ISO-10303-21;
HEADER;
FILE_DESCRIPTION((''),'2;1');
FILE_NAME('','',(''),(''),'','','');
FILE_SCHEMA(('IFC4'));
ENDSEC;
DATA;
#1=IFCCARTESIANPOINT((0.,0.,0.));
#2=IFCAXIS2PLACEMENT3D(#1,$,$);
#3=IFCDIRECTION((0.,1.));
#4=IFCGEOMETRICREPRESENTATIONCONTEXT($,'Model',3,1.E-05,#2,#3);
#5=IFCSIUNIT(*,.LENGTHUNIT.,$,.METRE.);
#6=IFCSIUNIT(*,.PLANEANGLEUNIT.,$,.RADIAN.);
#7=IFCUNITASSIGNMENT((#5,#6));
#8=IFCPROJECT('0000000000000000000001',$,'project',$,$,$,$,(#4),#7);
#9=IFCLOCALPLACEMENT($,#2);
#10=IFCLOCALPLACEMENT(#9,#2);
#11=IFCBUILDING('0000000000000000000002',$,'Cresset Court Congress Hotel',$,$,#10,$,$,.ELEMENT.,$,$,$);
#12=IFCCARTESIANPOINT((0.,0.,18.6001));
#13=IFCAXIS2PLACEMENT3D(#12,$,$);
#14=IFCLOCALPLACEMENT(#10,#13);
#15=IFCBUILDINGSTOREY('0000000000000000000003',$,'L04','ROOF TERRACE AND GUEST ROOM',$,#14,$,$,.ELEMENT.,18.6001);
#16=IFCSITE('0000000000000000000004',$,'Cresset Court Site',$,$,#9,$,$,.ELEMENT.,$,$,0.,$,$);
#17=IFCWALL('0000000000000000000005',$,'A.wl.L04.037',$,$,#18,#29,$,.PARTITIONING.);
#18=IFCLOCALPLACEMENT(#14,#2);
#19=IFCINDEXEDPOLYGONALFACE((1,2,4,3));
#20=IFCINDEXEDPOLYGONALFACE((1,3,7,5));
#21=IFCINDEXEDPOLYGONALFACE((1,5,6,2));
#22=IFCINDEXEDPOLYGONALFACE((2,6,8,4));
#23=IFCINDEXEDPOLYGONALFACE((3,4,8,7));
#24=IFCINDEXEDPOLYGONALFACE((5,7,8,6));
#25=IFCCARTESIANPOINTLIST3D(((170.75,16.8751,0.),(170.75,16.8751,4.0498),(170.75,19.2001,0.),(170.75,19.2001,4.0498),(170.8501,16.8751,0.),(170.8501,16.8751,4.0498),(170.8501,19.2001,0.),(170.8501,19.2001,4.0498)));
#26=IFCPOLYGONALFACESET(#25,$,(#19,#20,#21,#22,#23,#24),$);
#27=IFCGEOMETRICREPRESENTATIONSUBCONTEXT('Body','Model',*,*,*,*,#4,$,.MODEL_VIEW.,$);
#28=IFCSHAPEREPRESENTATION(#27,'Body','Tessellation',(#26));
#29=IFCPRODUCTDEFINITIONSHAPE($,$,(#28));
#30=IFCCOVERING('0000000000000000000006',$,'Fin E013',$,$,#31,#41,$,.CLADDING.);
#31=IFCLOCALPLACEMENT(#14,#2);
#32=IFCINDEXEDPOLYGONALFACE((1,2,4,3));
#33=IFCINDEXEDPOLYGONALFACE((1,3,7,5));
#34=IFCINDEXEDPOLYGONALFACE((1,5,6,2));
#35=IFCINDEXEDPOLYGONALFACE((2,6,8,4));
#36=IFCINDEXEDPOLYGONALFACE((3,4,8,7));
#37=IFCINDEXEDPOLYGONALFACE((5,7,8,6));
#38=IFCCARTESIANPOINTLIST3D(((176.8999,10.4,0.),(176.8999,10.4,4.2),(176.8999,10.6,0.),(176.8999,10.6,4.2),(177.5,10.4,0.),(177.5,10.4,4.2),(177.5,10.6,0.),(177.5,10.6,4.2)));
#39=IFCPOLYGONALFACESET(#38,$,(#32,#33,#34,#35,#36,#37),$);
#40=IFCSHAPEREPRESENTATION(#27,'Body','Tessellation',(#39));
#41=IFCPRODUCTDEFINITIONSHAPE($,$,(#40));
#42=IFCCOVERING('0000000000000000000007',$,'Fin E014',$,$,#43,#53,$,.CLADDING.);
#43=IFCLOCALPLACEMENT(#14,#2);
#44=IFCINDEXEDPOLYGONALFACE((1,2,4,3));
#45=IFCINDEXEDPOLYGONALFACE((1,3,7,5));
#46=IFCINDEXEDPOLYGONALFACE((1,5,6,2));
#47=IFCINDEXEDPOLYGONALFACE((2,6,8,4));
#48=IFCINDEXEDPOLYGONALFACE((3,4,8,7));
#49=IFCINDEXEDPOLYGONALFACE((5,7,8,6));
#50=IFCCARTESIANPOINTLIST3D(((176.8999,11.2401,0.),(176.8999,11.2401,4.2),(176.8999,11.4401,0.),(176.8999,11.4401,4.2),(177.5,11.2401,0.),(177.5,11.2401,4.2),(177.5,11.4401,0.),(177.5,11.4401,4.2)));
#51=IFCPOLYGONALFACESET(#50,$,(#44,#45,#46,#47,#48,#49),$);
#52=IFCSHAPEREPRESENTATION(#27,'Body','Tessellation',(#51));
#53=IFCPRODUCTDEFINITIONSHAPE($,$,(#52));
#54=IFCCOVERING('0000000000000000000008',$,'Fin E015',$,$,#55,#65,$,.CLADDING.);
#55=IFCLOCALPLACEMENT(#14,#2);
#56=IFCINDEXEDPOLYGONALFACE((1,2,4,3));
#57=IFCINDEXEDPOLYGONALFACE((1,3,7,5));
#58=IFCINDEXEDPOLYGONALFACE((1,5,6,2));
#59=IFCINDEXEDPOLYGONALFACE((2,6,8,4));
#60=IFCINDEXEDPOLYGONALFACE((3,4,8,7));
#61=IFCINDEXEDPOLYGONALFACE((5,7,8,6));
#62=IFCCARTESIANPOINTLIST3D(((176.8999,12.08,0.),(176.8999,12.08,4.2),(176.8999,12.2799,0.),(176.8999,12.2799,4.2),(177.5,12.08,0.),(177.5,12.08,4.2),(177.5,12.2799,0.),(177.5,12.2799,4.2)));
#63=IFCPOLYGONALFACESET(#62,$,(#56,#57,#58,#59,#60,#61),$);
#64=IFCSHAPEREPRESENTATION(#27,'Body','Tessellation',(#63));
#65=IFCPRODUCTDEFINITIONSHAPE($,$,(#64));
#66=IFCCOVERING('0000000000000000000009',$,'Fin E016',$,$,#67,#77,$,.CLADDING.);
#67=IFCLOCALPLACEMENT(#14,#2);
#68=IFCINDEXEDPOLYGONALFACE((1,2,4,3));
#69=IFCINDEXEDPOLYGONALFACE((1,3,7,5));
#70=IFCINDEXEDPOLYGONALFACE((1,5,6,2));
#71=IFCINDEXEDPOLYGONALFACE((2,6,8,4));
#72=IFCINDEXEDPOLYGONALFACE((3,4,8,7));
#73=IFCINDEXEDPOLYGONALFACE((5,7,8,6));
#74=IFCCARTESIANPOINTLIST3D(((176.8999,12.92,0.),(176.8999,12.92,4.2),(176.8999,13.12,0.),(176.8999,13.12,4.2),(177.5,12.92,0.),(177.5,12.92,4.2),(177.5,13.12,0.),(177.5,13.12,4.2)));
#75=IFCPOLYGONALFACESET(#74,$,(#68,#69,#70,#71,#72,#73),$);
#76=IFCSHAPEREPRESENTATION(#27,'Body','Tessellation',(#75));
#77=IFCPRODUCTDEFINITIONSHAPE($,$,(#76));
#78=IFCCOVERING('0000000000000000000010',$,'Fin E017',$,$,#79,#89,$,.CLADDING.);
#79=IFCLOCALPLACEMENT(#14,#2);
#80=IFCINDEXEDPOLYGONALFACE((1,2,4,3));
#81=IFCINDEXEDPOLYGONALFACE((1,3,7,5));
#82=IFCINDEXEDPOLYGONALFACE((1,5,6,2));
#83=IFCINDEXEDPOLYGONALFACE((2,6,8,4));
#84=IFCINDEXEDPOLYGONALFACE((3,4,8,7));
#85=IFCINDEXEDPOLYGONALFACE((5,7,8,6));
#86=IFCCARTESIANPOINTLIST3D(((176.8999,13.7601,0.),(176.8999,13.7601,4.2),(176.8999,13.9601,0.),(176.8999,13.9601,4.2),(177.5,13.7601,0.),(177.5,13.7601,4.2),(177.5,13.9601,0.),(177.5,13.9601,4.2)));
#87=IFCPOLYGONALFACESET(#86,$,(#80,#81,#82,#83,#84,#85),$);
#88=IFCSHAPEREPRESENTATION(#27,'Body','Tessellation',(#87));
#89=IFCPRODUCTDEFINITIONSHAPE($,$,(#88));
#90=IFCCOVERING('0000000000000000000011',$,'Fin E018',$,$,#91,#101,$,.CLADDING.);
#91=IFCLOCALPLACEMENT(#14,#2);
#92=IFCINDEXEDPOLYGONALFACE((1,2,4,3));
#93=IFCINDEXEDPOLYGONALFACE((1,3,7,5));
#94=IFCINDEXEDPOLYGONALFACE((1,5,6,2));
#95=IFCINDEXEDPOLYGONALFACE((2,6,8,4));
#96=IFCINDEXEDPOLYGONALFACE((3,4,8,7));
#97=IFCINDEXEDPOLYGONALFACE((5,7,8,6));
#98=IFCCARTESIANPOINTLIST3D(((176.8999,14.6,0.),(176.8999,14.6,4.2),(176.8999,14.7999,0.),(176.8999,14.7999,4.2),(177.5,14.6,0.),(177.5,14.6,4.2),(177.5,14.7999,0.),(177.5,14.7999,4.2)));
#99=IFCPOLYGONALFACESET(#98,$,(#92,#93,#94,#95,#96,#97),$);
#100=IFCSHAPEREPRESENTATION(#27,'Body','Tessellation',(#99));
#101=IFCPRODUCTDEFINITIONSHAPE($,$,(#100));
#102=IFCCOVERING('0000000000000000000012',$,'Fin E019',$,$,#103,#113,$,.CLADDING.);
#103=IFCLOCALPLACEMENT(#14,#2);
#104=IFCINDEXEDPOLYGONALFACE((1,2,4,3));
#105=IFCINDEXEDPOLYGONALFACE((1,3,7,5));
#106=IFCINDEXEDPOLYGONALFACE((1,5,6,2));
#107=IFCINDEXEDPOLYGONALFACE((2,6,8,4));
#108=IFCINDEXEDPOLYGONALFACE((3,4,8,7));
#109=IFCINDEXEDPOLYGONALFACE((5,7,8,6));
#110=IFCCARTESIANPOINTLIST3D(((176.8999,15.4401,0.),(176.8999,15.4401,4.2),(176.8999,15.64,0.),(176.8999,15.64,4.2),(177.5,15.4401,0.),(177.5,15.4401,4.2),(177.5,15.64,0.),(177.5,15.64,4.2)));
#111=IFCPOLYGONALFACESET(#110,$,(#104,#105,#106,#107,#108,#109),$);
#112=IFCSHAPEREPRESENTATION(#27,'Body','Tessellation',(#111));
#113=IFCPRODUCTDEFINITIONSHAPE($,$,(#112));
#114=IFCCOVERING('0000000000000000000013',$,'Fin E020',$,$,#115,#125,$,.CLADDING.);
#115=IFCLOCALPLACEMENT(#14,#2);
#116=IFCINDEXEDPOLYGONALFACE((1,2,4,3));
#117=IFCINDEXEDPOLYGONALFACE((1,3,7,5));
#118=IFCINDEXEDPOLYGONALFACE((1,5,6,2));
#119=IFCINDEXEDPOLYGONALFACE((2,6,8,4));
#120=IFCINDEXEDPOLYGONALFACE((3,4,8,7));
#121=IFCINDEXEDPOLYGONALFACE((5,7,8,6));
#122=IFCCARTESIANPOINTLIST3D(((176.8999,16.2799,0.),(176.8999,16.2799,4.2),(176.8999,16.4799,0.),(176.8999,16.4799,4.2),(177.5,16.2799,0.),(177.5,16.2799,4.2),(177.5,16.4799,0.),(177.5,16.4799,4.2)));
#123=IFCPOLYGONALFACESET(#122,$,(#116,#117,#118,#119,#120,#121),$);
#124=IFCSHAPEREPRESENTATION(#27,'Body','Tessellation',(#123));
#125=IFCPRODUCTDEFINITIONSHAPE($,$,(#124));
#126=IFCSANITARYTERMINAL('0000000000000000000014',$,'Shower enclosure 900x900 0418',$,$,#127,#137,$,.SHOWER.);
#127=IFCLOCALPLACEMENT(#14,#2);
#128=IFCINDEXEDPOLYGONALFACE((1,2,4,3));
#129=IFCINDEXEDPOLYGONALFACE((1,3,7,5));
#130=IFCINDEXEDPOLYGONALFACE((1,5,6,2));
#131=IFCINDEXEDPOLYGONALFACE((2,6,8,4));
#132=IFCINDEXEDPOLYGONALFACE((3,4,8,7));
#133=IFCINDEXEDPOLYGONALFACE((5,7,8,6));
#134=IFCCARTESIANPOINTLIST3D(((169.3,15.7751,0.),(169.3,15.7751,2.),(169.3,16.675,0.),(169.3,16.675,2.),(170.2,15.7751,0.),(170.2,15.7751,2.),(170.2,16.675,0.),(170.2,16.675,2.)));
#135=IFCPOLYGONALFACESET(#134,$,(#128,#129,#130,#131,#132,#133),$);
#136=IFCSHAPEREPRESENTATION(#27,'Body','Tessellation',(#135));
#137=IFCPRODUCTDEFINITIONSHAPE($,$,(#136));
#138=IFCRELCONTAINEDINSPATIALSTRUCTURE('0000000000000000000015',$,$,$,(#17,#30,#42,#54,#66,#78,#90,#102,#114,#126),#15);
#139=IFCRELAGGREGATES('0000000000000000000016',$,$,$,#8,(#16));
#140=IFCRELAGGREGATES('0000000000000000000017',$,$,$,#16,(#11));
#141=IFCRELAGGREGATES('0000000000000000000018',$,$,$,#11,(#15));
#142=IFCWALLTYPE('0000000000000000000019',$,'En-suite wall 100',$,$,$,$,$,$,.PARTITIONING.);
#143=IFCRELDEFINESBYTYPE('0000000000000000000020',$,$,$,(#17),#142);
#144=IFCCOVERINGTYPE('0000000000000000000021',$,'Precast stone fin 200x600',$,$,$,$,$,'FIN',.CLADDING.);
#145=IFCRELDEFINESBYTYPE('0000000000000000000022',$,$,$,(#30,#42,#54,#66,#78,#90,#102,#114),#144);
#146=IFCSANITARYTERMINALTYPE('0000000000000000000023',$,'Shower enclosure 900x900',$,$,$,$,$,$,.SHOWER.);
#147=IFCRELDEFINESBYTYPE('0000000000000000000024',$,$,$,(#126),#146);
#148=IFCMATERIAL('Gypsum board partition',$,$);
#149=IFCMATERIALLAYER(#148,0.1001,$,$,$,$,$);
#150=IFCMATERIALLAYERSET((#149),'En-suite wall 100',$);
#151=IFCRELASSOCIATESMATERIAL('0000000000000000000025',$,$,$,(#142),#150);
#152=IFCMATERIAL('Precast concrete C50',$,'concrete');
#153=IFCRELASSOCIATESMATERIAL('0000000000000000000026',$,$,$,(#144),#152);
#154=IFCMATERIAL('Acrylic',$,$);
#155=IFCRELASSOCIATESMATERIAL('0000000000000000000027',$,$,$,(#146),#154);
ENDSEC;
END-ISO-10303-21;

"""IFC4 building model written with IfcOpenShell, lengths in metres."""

from ifc_helpers import new_model, si_unit, direction, frame, frame_2d, origin, origin_2d, place, context, subcontext, project, spatial, rectangle, extrude, material, layer, layer_set, type_object, element, save


model = new_model("IFC4")

# Units and contexts
model_context = context("Model", 3, precision=1e-05, world=origin(), true_north=direction((0.0, 1.0)))
body_context = subcontext(model_context, "Body", "Model", "MODEL_VIEW")
ifc_project = project(units=[si_unit("LENGTHUNIT", "METRE"), si_unit("PLANEANGLEUNIT", "RADIAN")], contexts=[model_context])

# Site, building, storey
site_placement = place(None, origin())
site = spatial("IfcSite", under=ifc_project, at=site_placement, Name="Cresset Court Site", CompositionType="ELEMENT", RefElevation=0.0)
building_placement = place(site_placement, origin())
building = spatial("IfcBuilding", under=site, at=building_placement, Name="Cresset Court Congress Hotel", CompositionType="ELEMENT")
storey_placement = place(building_placement, frame((0.0, 0.0, 18.6001)))
storey = spatial("IfcBuildingStorey", under=building, at=storey_placement, Name="L04", Description="ROOF TERRACE AND GUEST ROOM", CompositionType="ELEMENT", Elevation=18.6001)

# Shared definitions
ifc_material_1 = material(Name="Gypsum board partition")
ifc_layer = layer(ifc_material_1, 0.1001)
ifc_layer_set = layer_set([ifc_layer], Name="En-suite wall 100")
wall_type = type_object("IfcWallType", Name="En-suite wall 100", PredefinedType="PARTITIONING", material=ifc_layer_set)

# Wall
wall_1_placement = place(storey_placement, frame((170.8, 16.875, 0.0), z_axis=(0.0, 0.0, 1.0), x_axis=(0.0, 1.0, 0.0)))
element("IfcWall", 1, at=wall_1_placement, inside=storey, type_object=wall_type, Name="A.wl.L04.037", PredefinedType="PARTITIONING", context=body_context, shape_type="SweptSolid", body=[
    extrude(rectangle(XDim=2.325, YDim=0.1001, at=frame_2d((1.1626, 0.0))), origin(), (0.0, 0.0, 1.0), 4.0498),
])

# Coverings
ifc_material_2 = material(Name="Precast concrete C50", Category="concrete")
covering_type = type_object("IfcCoveringType", Name="Precast stone fin 200x600", ElementType="FIN", PredefinedType="CLADDING", material=ifc_material_2)
for number, where, z_axis, x_axis, name in (
    (2, (177.2, 10.5, 0.0), (0.0, 0.0, 1.0), (1.0, 0.0, 0.0), "Fin E013"),
    (3, (177.2, 11.3401, 0.0), (0.0, 0.0, 1.0), (1.0, 0.0, 0.0), "Fin E014"),
    (4, (177.2, 12.1799, 0.0), (0.0, 0.0, 1.0), (1.0, 0.0, 0.0), "Fin E015"),
    (5, (177.2, 13.02, 0.0), (0.0, 0.0, 1.0), (1.0, 0.0, 0.0), "Fin E016"),
    (6, (177.2, 13.8601, 0.0), (0.0, 0.0, 1.0), (1.0, 0.0, 0.0), "Fin E017"),
    (7, (177.2, 14.7, 0.0), (0.0, 0.0, 1.0), (1.0, 0.0, 0.0), "Fin E018"),
    (8, (177.2, 15.54, 0.0), (0.0, 0.0, 1.0), (1.0, 0.0, 0.0), "Fin E019"),
    (9, (177.2, 16.3799, 0.0), (0.0, 0.0, 1.0), (1.0, 0.0, 0.0), "Fin E020"),
):
    element("IfcCovering", number, at=place(storey_placement, frame(where, z_axis=z_axis, x_axis=x_axis)), inside=storey, type_object=covering_type, Name=name, PredefinedType="CLADDING", context=body_context, shape_type="SweptSolid", body=[
        extrude(rectangle(XDim=0.6001, YDim=0.2, at=origin_2d()), origin(), (0.0, 0.0, 1.0), 4.2),
    ])

# Sanitary terminal
ifc_material_3 = material(Name="Acrylic")
sanitary_terminal_type = type_object("IfcSanitaryTerminalType", Name="Shower enclosure 900x900", PredefinedType="SHOWER", material=ifc_material_3)
sanitary_terminal_placement = place(storey_placement, frame((169.75, 16.2251, 0.0), z_axis=(0.0, 0.0, 1.0), x_axis=(1.0, 0.0, 0.0)))
element("IfcSanitaryTerminal", 10, at=sanitary_terminal_placement, inside=storey, type_object=sanitary_terminal_type, Name="Shower enclosure 900x900 0418", PredefinedType="SHOWER", context=body_context, shape_type="SweptSolid", body=[
    extrude(rectangle(XDim=0.8999, YDim=0.8999, at=origin_2d()), origin(), (0.0, 0.0, 1.0), 2.0),
])

save(model, "model.ifc")
